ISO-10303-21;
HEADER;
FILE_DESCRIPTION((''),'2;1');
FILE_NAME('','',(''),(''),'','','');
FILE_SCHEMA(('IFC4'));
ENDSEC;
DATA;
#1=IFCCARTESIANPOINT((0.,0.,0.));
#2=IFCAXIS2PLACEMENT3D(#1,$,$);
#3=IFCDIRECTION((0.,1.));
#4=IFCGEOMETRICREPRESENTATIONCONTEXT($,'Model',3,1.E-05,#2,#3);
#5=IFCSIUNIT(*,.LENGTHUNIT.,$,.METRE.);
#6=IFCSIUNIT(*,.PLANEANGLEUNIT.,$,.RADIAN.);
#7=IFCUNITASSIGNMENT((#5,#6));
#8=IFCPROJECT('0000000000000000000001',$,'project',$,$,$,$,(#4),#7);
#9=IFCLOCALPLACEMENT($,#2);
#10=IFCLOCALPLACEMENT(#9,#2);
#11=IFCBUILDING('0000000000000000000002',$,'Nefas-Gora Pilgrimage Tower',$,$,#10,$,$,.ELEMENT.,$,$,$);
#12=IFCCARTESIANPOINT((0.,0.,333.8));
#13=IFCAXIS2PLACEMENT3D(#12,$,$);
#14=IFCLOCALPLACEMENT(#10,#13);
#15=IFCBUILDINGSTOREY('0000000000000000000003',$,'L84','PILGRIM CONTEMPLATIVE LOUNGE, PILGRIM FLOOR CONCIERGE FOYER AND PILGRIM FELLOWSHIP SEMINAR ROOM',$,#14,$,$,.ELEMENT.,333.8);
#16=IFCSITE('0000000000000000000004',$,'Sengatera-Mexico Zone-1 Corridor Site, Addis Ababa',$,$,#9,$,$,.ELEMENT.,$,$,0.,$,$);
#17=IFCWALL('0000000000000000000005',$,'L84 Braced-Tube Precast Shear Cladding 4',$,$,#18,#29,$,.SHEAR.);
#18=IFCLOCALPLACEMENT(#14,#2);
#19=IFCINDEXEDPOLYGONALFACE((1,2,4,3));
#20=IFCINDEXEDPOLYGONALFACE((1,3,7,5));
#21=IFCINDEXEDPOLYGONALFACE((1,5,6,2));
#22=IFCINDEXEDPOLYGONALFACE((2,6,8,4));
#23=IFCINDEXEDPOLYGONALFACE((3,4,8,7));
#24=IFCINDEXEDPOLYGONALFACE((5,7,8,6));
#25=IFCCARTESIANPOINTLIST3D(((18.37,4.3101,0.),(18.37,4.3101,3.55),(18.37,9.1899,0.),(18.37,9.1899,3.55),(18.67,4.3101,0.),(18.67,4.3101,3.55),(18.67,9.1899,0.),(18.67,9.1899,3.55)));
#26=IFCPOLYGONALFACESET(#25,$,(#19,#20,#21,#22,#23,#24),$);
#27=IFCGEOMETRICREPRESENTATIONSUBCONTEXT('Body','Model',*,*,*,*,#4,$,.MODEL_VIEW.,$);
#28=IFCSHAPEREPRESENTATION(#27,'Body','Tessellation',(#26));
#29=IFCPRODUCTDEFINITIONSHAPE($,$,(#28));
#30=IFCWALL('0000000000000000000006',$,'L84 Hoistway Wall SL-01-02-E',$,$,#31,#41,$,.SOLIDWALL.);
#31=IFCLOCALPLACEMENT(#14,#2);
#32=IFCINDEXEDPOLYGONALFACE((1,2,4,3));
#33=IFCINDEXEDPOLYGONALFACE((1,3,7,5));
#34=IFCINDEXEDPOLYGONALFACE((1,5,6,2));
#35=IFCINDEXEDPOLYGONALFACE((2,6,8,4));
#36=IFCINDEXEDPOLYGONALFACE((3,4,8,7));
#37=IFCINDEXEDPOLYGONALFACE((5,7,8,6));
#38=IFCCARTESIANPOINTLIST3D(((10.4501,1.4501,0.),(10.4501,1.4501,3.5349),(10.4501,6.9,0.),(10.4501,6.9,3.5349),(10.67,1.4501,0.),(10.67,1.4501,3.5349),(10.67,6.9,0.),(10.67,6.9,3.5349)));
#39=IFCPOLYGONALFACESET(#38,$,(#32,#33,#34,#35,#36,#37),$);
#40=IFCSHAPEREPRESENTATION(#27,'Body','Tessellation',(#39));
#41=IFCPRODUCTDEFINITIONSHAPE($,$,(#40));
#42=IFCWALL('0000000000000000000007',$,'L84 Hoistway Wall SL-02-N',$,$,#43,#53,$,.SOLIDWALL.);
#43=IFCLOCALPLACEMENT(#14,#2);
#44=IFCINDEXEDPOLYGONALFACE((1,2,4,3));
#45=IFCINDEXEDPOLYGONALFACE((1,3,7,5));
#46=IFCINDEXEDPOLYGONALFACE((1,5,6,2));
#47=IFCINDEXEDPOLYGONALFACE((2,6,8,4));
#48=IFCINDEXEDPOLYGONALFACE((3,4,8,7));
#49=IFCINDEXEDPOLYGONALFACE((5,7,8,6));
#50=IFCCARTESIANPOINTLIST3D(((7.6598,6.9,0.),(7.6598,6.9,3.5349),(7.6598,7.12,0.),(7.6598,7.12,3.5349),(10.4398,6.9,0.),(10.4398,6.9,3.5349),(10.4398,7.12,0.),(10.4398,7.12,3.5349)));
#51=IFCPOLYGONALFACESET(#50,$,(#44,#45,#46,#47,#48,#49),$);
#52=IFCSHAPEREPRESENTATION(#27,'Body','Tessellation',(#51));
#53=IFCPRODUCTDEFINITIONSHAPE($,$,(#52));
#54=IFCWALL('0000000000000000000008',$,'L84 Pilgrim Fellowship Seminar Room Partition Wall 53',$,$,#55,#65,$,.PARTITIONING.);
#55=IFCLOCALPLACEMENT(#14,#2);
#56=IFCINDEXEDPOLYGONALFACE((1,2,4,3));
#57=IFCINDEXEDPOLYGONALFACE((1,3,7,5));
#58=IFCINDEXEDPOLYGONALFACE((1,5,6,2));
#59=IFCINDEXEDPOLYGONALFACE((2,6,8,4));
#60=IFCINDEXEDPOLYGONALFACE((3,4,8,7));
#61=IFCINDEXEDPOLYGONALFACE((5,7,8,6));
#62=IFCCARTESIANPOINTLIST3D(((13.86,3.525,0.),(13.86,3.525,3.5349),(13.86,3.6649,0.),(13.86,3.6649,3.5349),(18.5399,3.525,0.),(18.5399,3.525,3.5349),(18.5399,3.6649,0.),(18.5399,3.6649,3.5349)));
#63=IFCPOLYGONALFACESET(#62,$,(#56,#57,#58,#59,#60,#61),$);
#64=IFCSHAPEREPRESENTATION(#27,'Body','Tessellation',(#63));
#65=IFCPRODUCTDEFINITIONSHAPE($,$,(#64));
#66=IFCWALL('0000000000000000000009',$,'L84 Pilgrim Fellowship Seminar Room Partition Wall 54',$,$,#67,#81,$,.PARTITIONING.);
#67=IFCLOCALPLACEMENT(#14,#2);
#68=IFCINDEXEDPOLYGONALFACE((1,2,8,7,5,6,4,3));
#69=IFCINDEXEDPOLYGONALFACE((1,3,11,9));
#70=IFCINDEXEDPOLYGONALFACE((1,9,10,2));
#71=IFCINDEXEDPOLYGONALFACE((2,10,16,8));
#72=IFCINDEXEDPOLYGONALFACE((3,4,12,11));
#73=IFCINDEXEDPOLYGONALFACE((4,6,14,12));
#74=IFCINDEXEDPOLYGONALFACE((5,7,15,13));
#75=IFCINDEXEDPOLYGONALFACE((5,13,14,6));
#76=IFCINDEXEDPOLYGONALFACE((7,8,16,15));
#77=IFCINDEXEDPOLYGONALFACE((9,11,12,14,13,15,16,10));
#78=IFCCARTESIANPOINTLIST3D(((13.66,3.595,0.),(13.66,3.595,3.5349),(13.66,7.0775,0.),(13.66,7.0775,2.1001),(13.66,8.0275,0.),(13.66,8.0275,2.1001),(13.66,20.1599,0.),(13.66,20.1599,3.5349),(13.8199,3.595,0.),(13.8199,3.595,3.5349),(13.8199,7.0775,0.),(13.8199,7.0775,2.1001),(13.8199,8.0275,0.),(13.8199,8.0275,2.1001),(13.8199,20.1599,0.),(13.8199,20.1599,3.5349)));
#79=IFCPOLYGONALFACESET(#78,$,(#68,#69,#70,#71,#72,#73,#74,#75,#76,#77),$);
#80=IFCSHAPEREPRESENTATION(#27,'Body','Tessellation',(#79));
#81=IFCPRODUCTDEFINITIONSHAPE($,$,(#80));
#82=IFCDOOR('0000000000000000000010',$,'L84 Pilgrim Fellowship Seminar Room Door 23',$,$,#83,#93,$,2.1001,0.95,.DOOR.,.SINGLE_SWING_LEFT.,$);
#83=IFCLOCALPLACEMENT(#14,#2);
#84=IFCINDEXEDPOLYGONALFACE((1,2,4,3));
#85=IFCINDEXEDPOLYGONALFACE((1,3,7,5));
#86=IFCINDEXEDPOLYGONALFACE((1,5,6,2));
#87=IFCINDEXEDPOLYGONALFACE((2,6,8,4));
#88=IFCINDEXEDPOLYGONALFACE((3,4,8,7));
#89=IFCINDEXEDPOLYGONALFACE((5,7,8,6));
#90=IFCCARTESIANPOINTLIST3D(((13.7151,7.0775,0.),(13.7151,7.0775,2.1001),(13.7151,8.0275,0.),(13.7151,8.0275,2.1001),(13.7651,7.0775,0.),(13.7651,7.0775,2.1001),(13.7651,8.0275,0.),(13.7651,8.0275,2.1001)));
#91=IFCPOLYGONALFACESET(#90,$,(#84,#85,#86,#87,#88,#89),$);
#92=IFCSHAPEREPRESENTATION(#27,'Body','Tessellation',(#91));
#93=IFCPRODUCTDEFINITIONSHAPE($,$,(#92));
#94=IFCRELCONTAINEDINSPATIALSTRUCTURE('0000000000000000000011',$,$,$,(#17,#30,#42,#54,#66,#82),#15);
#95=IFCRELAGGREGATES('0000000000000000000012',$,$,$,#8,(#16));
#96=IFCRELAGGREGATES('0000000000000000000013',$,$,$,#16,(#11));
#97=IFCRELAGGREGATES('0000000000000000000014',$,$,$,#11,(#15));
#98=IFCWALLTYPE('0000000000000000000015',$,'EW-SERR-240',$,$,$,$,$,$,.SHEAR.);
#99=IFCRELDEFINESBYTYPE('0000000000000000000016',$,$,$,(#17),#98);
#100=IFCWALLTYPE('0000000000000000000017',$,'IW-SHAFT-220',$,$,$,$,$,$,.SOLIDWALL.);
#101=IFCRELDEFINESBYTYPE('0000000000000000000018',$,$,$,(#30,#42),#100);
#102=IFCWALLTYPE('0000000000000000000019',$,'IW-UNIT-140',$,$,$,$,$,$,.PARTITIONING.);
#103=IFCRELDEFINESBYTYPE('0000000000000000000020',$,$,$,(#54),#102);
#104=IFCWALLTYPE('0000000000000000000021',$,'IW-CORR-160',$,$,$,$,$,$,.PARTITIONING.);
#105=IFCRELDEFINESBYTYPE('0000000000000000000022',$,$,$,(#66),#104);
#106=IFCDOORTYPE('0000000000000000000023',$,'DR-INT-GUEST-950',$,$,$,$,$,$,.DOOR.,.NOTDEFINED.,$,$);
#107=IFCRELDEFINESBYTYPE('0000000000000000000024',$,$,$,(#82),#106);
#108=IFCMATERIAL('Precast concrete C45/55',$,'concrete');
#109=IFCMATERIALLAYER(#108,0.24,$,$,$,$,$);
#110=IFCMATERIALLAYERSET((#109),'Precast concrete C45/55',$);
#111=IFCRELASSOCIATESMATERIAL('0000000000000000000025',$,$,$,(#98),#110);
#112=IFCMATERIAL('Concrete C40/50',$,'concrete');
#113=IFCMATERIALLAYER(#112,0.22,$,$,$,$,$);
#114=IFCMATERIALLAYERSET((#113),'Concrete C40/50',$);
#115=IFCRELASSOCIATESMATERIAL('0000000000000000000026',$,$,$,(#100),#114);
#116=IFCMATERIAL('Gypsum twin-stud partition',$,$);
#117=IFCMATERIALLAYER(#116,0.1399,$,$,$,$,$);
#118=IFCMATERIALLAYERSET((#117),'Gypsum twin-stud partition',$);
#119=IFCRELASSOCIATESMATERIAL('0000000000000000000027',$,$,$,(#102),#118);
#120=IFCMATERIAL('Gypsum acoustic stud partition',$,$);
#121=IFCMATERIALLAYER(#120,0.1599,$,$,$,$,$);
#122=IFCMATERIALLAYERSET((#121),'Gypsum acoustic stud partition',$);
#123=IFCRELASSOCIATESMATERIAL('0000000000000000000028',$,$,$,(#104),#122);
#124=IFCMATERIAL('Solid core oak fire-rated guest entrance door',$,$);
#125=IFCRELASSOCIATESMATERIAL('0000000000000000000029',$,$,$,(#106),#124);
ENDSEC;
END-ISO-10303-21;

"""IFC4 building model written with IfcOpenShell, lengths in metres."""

from ifc_helpers import new_model, si_unit, direction, frame, frame_2d, origin, place, context, subcontext, project, spatial, rectangle, extrude, source, transform, mapped, material, layer, layer_set, type_object, element, fill, save


model = new_model("IFC4")

# Units and contexts
model_context = context("Model", 3, precision=1e-05, world=origin(), true_north=direction((0.0, 1.0)))
body_context = subcontext(model_context, "Body", "Model", "MODEL_VIEW")
ifc_project = project(units=[si_unit("LENGTHUNIT", "METRE"), si_unit("PLANEANGLEUNIT", "RADIAN")], contexts=[model_context])

# Site, building, storey
site_placement = place(None, origin())
site = spatial("IfcSite", under=ifc_project, at=site_placement, Name="Sengatera-Mexico Zone-1 Corridor Site, Addis Ababa", CompositionType="ELEMENT", RefElevation=0.0)
building_placement = place(site_placement, origin())
building = spatial("IfcBuilding", under=site, at=building_placement, Name="Nefas-Gora Pilgrimage Tower", CompositionType="ELEMENT")
storey_placement = place(building_placement, frame((0.0, 0.0, 333.8)))
storey = spatial("IfcBuildingStorey", under=building, at=storey_placement, Name="L84", Description="PILGRIM CONTEMPLATIVE LOUNGE, PILGRIM FLOOR CONCIERGE FOYER AND PILGRIM FELLOWSHIP SEMINAR ROOM", CompositionType="ELEMENT", Elevation=333.8)

# Walls
ifc_material_1 = material(Name="Precast concrete C45/55", Category="concrete")
ifc_layer_1 = layer(ifc_material_1, 0.24)
ifc_layer_set_1 = layer_set([ifc_layer_1], Name="Precast concrete C45/55")
wall_type_1 = type_object("IfcWallType", Name="EW-SERR-240", PredefinedType="SHEAR", material=ifc_layer_set_1)
shared_shape_1 = source(origin(), body_context, "Body", "SweptSolid", [
    extrude(rectangle(XDim=4.8799, YDim=0.3, at=frame_2d((2.4399, 0.0))), origin(), (0.0, 0.0, 1.0), 3.55),
])
wall_1_placement = place(storey_placement, frame((18.52, 4.3101, 0.0), z_axis=(0.0, 0.0, 1.0), x_axis=(0.0, 1.0, 0.0)))
element("IfcWall", 1, at=wall_1_placement, inside=storey, type_object=wall_type_1, Name="L84 Braced-Tube Precast Shear Cladding 4", PredefinedType="SHEAR", context=body_context, shape_type="MappedRepresentation", body=[
    mapped(shared_shape_1, transform((0.0, 0.0, 0.0), x_axis=(1.0, 0.0, 0.0), y_axis=(0.0, 1.0, 0.0), z_axis=(0.0, 0.0, 1.0), scale=1.0)),
])
ifc_material_2 = material(Name="Concrete C40/50", Category="concrete")
ifc_layer_2 = layer(ifc_material_2, 0.22)
ifc_layer_set_2 = layer_set([ifc_layer_2], Name="Concrete C40/50")
wall_type_2 = type_object("IfcWallType", Name="IW-SHAFT-220", PredefinedType="SOLIDWALL", material=ifc_layer_set_2)
shared_shape_2 = source(origin(), body_context, "Body", "SweptSolid", [
    extrude(rectangle(XDim=5.45, YDim=0.22, at=frame_2d((2.7251, 0.0))), origin(), (0.0, 0.0, 1.0), 3.5349),
])
wall_2_placement = place(storey_placement, frame((10.5601, 1.45, 0.0), z_axis=(0.0, 0.0, 1.0), x_axis=(0.0, 1.0, 0.0)))
element("IfcWall", 2, at=wall_2_placement, inside=storey, type_object=wall_type_2, Name="L84 Hoistway Wall SL-01-02-E", PredefinedType="SOLIDWALL", context=body_context, shape_type="MappedRepresentation", body=[
    mapped(shared_shape_2, transform((0.0, 0.0, 0.0), x_axis=(1.0, 0.0, 0.0), y_axis=(0.0, 1.0, 0.0), z_axis=(0.0, 0.0, 1.0), scale=1.0)),
])
shared_shape_3 = source(origin(), body_context, "Body", "SweptSolid", [
    extrude(rectangle(XDim=2.78, YDim=0.22, at=frame_2d((1.3901, 0.0))), origin(), (0.0, 0.0, 1.0), 3.5349),
])
wall_3_placement = place(storey_placement, frame((10.4399, 7.01, 0.0), z_axis=(0.0, 0.0, 1.0), x_axis=(-1.0, 0.0, 0.0)))
element("IfcWall", 3, at=wall_3_placement, inside=storey, type_object=wall_type_2, Name="L84 Hoistway Wall SL-02-N", PredefinedType="SOLIDWALL", context=body_context, shape_type="MappedRepresentation", body=[
    mapped(shared_shape_3, transform((0.0, 0.0, 0.0), x_axis=(1.0, 0.0, 0.0), y_axis=(0.0, 1.0, 0.0), z_axis=(0.0, 0.0, 1.0), scale=1.0)),
])
ifc_material_3 = material(Name="Gypsum twin-stud partition")
ifc_layer_3 = layer(ifc_material_3, 0.1399)
ifc_layer_set_3 = layer_set([ifc_layer_3], Name="Gypsum twin-stud partition")
wall_type_3 = type_object("IfcWallType", Name="IW-UNIT-140", PredefinedType="PARTITIONING", material=ifc_layer_set_3)
shared_shape_4 = source(origin(), body_context, "Body", "SweptSolid", [
    extrude(rectangle(XDim=4.6799, YDim=0.1399, at=frame_2d((2.3398, 0.0))), origin(), (0.0, 0.0, 1.0), 3.5349),
])
wall_4_placement = place(storey_placement, frame((13.8601, 3.595, 0.0), z_axis=(0.0, 0.0, 1.0), x_axis=(1.0, 0.0, 0.0)))
element("IfcWall", 4, at=wall_4_placement, inside=storey, type_object=wall_type_3, Name="L84 Pilgrim Fellowship Seminar Room Partition Wall 53", PredefinedType="PARTITIONING", context=body_context, shape_type="MappedRepresentation", body=[
    mapped(shared_shape_4, transform((0.0, 0.0, 0.0), x_axis=(1.0, 0.0, 0.0), y_axis=(0.0, 1.0, 0.0), z_axis=(0.0, 0.0, 1.0), scale=1.0)),
])

# Wall, opening, door
ifc_material_4 = material(Name="Gypsum acoustic stud partition")
ifc_layer_4 = layer(ifc_material_4, 0.1599)
ifc_layer_set_4 = layer_set([ifc_layer_4], Name="Gypsum acoustic stud partition")
wall_type_4 = type_object("IfcWallType", Name="IW-CORR-160", PredefinedType="PARTITIONING", material=ifc_layer_set_4)
shared_shape_5 = source(origin(), body_context, "Body", "SweptSolid", [
    extrude(rectangle(XDim=16.5649, YDim=0.1599, at=frame_2d((8.2825, 0.0))), origin(), (0.0, 0.0, 1.0), 3.5349),
])
wall_5_placement = place(storey_placement, frame((13.74, 3.595, 0.0), z_axis=(0.0, 0.0, 1.0), x_axis=(0.0, 1.0, 0.0)))
wall_5 = element("IfcWall", 5, at=wall_5_placement, inside=storey, type_object=wall_type_4, Name="L84 Pilgrim Fellowship Seminar Room Partition Wall 54", PredefinedType="PARTITIONING", context=body_context, shape_type="MappedRepresentation", body=[
    mapped(shared_shape_5, transform((0.0, 0.0, 0.0), x_axis=(1.0, 0.0, 0.0), y_axis=(0.0, 1.0, 0.0), z_axis=(0.0, 0.0, 1.0), scale=1.0)),
])
opening_placement = place(wall_5_placement, frame((3.4824, 0.0, 0.0)))
opening = element("IfcOpeningElement", 6, at=opening_placement, cuts=wall_5, PredefinedType="OPENING", context=body_context, shape_type="SweptSolid", body=[
    extrude(rectangle(XDim=0.95, YDim=2.1001, at=frame_2d((0.4751, 1.05))), frame((0.0, 0.0898, 0.0), z_axis=(0.0, -1.0, 0.0), x_axis=(1.0, 0.0, 0.0)), (0.0, 0.0, 1.0), 0.1799),
])
ifc_material_5 = material(Name="Solid core oak fire-rated guest entrance door")
door_type = type_object("IfcDoorType", Name="DR-INT-GUEST-950", OperationType="NOTDEFINED", PredefinedType="DOOR", material=ifc_material_5)
shared_shape_6 = source(origin(), body_context, "Body", "SweptSolid", [
    extrude(rectangle(XDim=0.95, YDim=2.1001, at=frame_2d((0.4751, 1.05))), frame((0.0, 0.0249, 0.0), z_axis=(0.0, -1.0, 0.0), x_axis=(1.0, 0.0, 0.0)), (0.0, 0.0, 1.0), 0.05),
])
door_placement = place(opening_placement, origin())
door = element("IfcDoor", 7, at=door_placement, inside=storey, type_object=door_type, Name="L84 Pilgrim Fellowship Seminar Room Door 23", OperationType="SINGLE_SWING_LEFT", OverallHeight=2.1001, OverallWidth=0.95, PredefinedType="DOOR", context=body_context, shape_type="MappedRepresentation", body=[
    mapped(shared_shape_6, transform((0.0, 0.0, 0.0), x_axis=(1.0, 0.0, 0.0), y_axis=(0.0, 1.0, 0.0), z_axis=(0.0, 0.0, 1.0), scale=1.0)),
])
fill(opening, door)

save(model, "model.ifc")
